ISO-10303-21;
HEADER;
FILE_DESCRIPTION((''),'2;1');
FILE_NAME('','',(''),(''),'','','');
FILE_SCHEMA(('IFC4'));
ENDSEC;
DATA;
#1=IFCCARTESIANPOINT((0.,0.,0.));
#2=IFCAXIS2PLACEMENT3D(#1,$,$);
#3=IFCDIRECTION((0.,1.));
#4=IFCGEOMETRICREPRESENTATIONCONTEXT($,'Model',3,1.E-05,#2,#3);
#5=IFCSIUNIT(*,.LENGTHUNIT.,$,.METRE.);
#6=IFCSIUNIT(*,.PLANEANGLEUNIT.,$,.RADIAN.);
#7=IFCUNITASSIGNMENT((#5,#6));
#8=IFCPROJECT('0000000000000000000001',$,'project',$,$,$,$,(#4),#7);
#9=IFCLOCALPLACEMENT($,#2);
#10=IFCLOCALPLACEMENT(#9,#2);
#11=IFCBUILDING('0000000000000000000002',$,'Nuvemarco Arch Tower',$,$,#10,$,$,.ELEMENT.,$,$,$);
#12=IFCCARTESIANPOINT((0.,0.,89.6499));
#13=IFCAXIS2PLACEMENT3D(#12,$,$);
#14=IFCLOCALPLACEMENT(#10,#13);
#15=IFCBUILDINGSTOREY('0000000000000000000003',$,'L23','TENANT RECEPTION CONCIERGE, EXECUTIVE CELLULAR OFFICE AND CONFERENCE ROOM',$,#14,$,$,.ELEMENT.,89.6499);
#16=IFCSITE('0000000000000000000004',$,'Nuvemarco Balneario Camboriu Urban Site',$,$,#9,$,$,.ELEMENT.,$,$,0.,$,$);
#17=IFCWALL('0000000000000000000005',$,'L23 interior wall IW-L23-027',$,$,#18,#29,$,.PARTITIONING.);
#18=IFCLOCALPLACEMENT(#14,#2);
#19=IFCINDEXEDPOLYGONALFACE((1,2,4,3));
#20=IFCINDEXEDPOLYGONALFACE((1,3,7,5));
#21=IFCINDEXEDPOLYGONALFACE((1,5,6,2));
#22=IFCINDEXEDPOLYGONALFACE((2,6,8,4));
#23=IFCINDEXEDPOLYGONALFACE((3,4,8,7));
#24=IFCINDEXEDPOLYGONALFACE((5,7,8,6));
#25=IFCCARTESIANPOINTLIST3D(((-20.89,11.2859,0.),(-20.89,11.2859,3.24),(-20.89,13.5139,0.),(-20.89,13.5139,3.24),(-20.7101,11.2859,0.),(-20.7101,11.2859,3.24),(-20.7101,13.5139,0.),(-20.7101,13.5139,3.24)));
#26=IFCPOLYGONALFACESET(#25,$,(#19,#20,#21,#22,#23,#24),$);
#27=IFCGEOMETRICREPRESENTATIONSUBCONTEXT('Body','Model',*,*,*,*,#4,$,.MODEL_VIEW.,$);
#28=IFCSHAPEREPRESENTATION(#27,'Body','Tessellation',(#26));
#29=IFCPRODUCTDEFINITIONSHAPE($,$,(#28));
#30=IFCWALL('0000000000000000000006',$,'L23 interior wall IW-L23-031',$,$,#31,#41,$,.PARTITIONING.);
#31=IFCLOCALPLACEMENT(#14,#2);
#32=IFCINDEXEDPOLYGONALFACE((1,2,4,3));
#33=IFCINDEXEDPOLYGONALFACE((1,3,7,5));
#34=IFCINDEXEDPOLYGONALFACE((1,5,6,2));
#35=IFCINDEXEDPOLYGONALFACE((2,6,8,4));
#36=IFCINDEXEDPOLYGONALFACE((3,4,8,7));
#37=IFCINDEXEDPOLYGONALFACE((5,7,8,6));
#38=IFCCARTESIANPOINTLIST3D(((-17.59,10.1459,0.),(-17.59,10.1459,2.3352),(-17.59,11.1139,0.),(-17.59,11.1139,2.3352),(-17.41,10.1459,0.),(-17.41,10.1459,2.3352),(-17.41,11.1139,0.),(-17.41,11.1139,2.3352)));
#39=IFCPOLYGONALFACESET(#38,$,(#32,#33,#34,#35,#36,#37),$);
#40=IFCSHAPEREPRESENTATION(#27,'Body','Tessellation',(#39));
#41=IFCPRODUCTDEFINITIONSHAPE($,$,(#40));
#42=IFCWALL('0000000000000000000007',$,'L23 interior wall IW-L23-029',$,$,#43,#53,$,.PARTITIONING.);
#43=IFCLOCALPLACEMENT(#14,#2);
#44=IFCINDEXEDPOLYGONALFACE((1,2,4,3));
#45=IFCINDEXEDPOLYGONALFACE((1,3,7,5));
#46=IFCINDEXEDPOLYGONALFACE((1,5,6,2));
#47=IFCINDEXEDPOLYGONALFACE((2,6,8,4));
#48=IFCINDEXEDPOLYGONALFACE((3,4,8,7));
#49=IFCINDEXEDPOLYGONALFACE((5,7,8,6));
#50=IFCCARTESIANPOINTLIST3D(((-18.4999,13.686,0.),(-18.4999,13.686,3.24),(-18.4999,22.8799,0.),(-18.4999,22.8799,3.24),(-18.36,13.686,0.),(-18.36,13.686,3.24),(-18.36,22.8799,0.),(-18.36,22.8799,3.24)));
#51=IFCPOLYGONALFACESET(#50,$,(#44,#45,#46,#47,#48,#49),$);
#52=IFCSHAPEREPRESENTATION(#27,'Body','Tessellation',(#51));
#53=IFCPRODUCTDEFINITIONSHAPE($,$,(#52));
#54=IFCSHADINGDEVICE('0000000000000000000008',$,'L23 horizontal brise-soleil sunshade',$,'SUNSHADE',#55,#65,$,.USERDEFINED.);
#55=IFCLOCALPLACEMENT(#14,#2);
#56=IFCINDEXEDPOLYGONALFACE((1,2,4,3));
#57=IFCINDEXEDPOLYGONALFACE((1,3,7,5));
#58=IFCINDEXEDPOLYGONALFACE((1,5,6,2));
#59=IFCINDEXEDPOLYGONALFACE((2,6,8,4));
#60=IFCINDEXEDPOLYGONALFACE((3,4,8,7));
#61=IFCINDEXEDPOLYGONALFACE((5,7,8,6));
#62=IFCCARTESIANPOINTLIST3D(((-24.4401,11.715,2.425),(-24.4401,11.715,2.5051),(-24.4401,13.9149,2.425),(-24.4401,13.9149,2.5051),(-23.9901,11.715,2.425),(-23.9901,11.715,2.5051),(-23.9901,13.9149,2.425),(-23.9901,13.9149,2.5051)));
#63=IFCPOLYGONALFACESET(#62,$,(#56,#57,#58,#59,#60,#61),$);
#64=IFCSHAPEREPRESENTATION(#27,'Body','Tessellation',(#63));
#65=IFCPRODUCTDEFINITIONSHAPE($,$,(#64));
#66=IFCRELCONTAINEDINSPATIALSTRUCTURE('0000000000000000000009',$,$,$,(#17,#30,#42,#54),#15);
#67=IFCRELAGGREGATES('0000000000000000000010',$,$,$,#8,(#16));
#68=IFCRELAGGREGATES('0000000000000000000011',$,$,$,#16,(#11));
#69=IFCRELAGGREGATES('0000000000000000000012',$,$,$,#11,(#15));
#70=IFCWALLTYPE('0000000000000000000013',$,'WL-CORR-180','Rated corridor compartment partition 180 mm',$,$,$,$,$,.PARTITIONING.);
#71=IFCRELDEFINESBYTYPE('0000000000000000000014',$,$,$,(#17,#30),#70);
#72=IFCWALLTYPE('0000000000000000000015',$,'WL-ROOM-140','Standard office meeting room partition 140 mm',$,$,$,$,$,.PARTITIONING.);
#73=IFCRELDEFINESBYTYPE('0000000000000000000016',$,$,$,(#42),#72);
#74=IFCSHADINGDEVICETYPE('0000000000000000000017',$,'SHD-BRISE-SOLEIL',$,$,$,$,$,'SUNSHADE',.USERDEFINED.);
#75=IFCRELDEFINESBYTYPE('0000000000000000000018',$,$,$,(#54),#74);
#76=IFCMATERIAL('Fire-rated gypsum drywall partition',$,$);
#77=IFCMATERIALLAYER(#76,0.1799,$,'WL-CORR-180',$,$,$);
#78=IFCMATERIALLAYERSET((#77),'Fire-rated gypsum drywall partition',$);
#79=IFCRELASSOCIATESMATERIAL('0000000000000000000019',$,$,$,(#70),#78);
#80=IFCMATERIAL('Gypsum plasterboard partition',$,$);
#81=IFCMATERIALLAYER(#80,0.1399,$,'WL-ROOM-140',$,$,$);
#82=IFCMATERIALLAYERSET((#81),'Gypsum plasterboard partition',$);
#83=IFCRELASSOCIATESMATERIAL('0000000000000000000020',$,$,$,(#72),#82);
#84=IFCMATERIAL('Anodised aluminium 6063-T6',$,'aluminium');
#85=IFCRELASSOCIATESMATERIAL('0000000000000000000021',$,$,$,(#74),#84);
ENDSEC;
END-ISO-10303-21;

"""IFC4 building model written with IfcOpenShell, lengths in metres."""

from ifc_helpers import new_model, si_unit, direction, frame, frame_2d, origin, origin_2d, place, context, subcontext, project, spatial, rectangle, extrude, source, transform, mapped, material, layer, layer_set, type_object, type_shapes, element, save


model = new_model("IFC4")

# Units and contexts
model_context = context("Model", 3, precision=1e-05, world=origin(), true_north=direction((0.0, 1.0)))
body_context = subcontext(model_context, "Body", "Model", "MODEL_VIEW")
ifc_project = project(units=[si_unit("LENGTHUNIT", "METRE"), si_unit("PLANEANGLEUNIT", "RADIAN")], contexts=[model_context])

# Site, building, storey
site_placement = place(None, origin())
site = spatial("IfcSite", under=ifc_project, at=site_placement, Name="Nuvemarco Balneario Camboriu Urban Site", CompositionType="ELEMENT", RefElevation=0.0)
building_placement = place(site_placement, origin())
building = spatial("IfcBuilding", under=site, at=building_placement, Name="Nuvemarco Arch Tower", CompositionType="ELEMENT")
storey_placement = place(building_placement, frame((0.0, 0.0, 89.6499)))
storey = spatial("IfcBuildingStorey", under=building, at=storey_placement, Name="L23", Description="TENANT RECEPTION CONCIERGE, EXECUTIVE CELLULAR OFFICE AND CONFERENCE ROOM", CompositionType="ELEMENT", Elevation=89.6499)

# Shared definitions
ifc_material_1 = material(Name="Fire-rated gypsum drywall partition")
ifc_layer_1 = layer(ifc_material_1, 0.1799, Name="WL-CORR-180")
ifc_layer_set_1 = layer_set([ifc_layer_1], Name="Fire-rated gypsum drywall partition")
wall_type_1 = type_object("IfcWallType", Name="WL-CORR-180", Description="Rated corridor compartment partition 180 mm", PredefinedType="PARTITIONING", material=ifc_layer_set_1)

# Walls
wall_1_placement = place(storey_placement, frame((-20.8, 11.2859, 0.0), z_axis=(0.0, 0.0, 1.0), x_axis=(0.0, 1.0, 0.0)))
element("IfcWall", 1, at=wall_1_placement, inside=storey, type_object=wall_type_1, Name="L23 interior wall IW-L23-027", PredefinedType="PARTITIONING", context=body_context, shape_type="SweptSolid", body=[
    extrude(rectangle(XDim=2.228, YDim=0.1799, at=frame_2d((1.114, 0.0))), origin(), (0.0, 0.0, 1.0), 3.24),
])
wall_2_placement = place(storey_placement, frame((-17.5, 10.146, 0.0), z_axis=(0.0, 0.0, 1.0), x_axis=(0.0, 1.0, 0.0)))
element("IfcWall", 2, at=wall_2_placement, inside=storey, type_object=wall_type_1, Name="L23 interior wall IW-L23-031", PredefinedType="PARTITIONING", context=body_context, shape_type="SweptSolid", body=[
    extrude(rectangle(XDim=0.968, YDim=0.1799, at=frame_2d((0.4839, 0.0))), origin(), (0.0, 0.0, 1.0), 2.3352),
])
ifc_material_2 = material(Name="Gypsum plasterboard partition")
ifc_layer_2 = layer(ifc_material_2, 0.1399, Name="WL-ROOM-140")
ifc_layer_set_2 = layer_set([ifc_layer_2], Name="Gypsum plasterboard partition")
wall_type_2 = type_object("IfcWallType", Name="WL-ROOM-140", Description="Standard office meeting room partition 140 mm", PredefinedType="PARTITIONING", material=ifc_layer_set_2)
wall_3_placement = place(storey_placement, frame((-18.4299, 13.686, 0.0), z_axis=(0.0, 0.0, 1.0), x_axis=(0.0, 1.0, 0.0)))
element("IfcWall", 3, at=wall_3_placement, inside=storey, type_object=wall_type_2, Name="L23 interior wall IW-L23-029", PredefinedType="PARTITIONING", context=body_context, shape_type="SweptSolid", body=[
    extrude(rectangle(XDim=9.1938, YDim=0.1399, at=frame_2d((4.5969, 0.0))), origin(), (0.0, 0.0, 1.0), 3.24),
])

# Shading device
ifc_material_3 = material(Name="Anodised aluminium 6063-T6", Category="aluminium")
shading_device_type = type_object("IfcShadingDeviceType", Name="SHD-BRISE-SOLEIL", ElementType="SUNSHADE", PredefinedType="USERDEFINED", material=ifc_material_3)
shared_shape_1 = source(origin(), body_context, "Body", "SweptSolid", [
    extrude(rectangle(XDim=2.2, YDim=0.45, at=origin_2d()), origin(), (0.0, 0.0, 1.0), 0.0801),
])
type_shapes(shading_device_type, [shared_shape_1])
shading_device_placement = place(storey_placement, frame((-24.2151, 12.8149, 2.425), z_axis=(0.0, 0.0, 1.0), x_axis=(0.0, 1.0, 0.0)))
element("IfcShadingDevice", 4, at=shading_device_placement, inside=storey, type_object=shading_device_type, Name="L23 horizontal brise-soleil sunshade", ObjectType="SUNSHADE", PredefinedType="USERDEFINED", context=body_context, shape_type="MappedRepresentation", body=[
    mapped(shared_shape_1, transform((0.0, 0.0, 0.0), scale=1.0)),
])

save(model, "model.ifc")
